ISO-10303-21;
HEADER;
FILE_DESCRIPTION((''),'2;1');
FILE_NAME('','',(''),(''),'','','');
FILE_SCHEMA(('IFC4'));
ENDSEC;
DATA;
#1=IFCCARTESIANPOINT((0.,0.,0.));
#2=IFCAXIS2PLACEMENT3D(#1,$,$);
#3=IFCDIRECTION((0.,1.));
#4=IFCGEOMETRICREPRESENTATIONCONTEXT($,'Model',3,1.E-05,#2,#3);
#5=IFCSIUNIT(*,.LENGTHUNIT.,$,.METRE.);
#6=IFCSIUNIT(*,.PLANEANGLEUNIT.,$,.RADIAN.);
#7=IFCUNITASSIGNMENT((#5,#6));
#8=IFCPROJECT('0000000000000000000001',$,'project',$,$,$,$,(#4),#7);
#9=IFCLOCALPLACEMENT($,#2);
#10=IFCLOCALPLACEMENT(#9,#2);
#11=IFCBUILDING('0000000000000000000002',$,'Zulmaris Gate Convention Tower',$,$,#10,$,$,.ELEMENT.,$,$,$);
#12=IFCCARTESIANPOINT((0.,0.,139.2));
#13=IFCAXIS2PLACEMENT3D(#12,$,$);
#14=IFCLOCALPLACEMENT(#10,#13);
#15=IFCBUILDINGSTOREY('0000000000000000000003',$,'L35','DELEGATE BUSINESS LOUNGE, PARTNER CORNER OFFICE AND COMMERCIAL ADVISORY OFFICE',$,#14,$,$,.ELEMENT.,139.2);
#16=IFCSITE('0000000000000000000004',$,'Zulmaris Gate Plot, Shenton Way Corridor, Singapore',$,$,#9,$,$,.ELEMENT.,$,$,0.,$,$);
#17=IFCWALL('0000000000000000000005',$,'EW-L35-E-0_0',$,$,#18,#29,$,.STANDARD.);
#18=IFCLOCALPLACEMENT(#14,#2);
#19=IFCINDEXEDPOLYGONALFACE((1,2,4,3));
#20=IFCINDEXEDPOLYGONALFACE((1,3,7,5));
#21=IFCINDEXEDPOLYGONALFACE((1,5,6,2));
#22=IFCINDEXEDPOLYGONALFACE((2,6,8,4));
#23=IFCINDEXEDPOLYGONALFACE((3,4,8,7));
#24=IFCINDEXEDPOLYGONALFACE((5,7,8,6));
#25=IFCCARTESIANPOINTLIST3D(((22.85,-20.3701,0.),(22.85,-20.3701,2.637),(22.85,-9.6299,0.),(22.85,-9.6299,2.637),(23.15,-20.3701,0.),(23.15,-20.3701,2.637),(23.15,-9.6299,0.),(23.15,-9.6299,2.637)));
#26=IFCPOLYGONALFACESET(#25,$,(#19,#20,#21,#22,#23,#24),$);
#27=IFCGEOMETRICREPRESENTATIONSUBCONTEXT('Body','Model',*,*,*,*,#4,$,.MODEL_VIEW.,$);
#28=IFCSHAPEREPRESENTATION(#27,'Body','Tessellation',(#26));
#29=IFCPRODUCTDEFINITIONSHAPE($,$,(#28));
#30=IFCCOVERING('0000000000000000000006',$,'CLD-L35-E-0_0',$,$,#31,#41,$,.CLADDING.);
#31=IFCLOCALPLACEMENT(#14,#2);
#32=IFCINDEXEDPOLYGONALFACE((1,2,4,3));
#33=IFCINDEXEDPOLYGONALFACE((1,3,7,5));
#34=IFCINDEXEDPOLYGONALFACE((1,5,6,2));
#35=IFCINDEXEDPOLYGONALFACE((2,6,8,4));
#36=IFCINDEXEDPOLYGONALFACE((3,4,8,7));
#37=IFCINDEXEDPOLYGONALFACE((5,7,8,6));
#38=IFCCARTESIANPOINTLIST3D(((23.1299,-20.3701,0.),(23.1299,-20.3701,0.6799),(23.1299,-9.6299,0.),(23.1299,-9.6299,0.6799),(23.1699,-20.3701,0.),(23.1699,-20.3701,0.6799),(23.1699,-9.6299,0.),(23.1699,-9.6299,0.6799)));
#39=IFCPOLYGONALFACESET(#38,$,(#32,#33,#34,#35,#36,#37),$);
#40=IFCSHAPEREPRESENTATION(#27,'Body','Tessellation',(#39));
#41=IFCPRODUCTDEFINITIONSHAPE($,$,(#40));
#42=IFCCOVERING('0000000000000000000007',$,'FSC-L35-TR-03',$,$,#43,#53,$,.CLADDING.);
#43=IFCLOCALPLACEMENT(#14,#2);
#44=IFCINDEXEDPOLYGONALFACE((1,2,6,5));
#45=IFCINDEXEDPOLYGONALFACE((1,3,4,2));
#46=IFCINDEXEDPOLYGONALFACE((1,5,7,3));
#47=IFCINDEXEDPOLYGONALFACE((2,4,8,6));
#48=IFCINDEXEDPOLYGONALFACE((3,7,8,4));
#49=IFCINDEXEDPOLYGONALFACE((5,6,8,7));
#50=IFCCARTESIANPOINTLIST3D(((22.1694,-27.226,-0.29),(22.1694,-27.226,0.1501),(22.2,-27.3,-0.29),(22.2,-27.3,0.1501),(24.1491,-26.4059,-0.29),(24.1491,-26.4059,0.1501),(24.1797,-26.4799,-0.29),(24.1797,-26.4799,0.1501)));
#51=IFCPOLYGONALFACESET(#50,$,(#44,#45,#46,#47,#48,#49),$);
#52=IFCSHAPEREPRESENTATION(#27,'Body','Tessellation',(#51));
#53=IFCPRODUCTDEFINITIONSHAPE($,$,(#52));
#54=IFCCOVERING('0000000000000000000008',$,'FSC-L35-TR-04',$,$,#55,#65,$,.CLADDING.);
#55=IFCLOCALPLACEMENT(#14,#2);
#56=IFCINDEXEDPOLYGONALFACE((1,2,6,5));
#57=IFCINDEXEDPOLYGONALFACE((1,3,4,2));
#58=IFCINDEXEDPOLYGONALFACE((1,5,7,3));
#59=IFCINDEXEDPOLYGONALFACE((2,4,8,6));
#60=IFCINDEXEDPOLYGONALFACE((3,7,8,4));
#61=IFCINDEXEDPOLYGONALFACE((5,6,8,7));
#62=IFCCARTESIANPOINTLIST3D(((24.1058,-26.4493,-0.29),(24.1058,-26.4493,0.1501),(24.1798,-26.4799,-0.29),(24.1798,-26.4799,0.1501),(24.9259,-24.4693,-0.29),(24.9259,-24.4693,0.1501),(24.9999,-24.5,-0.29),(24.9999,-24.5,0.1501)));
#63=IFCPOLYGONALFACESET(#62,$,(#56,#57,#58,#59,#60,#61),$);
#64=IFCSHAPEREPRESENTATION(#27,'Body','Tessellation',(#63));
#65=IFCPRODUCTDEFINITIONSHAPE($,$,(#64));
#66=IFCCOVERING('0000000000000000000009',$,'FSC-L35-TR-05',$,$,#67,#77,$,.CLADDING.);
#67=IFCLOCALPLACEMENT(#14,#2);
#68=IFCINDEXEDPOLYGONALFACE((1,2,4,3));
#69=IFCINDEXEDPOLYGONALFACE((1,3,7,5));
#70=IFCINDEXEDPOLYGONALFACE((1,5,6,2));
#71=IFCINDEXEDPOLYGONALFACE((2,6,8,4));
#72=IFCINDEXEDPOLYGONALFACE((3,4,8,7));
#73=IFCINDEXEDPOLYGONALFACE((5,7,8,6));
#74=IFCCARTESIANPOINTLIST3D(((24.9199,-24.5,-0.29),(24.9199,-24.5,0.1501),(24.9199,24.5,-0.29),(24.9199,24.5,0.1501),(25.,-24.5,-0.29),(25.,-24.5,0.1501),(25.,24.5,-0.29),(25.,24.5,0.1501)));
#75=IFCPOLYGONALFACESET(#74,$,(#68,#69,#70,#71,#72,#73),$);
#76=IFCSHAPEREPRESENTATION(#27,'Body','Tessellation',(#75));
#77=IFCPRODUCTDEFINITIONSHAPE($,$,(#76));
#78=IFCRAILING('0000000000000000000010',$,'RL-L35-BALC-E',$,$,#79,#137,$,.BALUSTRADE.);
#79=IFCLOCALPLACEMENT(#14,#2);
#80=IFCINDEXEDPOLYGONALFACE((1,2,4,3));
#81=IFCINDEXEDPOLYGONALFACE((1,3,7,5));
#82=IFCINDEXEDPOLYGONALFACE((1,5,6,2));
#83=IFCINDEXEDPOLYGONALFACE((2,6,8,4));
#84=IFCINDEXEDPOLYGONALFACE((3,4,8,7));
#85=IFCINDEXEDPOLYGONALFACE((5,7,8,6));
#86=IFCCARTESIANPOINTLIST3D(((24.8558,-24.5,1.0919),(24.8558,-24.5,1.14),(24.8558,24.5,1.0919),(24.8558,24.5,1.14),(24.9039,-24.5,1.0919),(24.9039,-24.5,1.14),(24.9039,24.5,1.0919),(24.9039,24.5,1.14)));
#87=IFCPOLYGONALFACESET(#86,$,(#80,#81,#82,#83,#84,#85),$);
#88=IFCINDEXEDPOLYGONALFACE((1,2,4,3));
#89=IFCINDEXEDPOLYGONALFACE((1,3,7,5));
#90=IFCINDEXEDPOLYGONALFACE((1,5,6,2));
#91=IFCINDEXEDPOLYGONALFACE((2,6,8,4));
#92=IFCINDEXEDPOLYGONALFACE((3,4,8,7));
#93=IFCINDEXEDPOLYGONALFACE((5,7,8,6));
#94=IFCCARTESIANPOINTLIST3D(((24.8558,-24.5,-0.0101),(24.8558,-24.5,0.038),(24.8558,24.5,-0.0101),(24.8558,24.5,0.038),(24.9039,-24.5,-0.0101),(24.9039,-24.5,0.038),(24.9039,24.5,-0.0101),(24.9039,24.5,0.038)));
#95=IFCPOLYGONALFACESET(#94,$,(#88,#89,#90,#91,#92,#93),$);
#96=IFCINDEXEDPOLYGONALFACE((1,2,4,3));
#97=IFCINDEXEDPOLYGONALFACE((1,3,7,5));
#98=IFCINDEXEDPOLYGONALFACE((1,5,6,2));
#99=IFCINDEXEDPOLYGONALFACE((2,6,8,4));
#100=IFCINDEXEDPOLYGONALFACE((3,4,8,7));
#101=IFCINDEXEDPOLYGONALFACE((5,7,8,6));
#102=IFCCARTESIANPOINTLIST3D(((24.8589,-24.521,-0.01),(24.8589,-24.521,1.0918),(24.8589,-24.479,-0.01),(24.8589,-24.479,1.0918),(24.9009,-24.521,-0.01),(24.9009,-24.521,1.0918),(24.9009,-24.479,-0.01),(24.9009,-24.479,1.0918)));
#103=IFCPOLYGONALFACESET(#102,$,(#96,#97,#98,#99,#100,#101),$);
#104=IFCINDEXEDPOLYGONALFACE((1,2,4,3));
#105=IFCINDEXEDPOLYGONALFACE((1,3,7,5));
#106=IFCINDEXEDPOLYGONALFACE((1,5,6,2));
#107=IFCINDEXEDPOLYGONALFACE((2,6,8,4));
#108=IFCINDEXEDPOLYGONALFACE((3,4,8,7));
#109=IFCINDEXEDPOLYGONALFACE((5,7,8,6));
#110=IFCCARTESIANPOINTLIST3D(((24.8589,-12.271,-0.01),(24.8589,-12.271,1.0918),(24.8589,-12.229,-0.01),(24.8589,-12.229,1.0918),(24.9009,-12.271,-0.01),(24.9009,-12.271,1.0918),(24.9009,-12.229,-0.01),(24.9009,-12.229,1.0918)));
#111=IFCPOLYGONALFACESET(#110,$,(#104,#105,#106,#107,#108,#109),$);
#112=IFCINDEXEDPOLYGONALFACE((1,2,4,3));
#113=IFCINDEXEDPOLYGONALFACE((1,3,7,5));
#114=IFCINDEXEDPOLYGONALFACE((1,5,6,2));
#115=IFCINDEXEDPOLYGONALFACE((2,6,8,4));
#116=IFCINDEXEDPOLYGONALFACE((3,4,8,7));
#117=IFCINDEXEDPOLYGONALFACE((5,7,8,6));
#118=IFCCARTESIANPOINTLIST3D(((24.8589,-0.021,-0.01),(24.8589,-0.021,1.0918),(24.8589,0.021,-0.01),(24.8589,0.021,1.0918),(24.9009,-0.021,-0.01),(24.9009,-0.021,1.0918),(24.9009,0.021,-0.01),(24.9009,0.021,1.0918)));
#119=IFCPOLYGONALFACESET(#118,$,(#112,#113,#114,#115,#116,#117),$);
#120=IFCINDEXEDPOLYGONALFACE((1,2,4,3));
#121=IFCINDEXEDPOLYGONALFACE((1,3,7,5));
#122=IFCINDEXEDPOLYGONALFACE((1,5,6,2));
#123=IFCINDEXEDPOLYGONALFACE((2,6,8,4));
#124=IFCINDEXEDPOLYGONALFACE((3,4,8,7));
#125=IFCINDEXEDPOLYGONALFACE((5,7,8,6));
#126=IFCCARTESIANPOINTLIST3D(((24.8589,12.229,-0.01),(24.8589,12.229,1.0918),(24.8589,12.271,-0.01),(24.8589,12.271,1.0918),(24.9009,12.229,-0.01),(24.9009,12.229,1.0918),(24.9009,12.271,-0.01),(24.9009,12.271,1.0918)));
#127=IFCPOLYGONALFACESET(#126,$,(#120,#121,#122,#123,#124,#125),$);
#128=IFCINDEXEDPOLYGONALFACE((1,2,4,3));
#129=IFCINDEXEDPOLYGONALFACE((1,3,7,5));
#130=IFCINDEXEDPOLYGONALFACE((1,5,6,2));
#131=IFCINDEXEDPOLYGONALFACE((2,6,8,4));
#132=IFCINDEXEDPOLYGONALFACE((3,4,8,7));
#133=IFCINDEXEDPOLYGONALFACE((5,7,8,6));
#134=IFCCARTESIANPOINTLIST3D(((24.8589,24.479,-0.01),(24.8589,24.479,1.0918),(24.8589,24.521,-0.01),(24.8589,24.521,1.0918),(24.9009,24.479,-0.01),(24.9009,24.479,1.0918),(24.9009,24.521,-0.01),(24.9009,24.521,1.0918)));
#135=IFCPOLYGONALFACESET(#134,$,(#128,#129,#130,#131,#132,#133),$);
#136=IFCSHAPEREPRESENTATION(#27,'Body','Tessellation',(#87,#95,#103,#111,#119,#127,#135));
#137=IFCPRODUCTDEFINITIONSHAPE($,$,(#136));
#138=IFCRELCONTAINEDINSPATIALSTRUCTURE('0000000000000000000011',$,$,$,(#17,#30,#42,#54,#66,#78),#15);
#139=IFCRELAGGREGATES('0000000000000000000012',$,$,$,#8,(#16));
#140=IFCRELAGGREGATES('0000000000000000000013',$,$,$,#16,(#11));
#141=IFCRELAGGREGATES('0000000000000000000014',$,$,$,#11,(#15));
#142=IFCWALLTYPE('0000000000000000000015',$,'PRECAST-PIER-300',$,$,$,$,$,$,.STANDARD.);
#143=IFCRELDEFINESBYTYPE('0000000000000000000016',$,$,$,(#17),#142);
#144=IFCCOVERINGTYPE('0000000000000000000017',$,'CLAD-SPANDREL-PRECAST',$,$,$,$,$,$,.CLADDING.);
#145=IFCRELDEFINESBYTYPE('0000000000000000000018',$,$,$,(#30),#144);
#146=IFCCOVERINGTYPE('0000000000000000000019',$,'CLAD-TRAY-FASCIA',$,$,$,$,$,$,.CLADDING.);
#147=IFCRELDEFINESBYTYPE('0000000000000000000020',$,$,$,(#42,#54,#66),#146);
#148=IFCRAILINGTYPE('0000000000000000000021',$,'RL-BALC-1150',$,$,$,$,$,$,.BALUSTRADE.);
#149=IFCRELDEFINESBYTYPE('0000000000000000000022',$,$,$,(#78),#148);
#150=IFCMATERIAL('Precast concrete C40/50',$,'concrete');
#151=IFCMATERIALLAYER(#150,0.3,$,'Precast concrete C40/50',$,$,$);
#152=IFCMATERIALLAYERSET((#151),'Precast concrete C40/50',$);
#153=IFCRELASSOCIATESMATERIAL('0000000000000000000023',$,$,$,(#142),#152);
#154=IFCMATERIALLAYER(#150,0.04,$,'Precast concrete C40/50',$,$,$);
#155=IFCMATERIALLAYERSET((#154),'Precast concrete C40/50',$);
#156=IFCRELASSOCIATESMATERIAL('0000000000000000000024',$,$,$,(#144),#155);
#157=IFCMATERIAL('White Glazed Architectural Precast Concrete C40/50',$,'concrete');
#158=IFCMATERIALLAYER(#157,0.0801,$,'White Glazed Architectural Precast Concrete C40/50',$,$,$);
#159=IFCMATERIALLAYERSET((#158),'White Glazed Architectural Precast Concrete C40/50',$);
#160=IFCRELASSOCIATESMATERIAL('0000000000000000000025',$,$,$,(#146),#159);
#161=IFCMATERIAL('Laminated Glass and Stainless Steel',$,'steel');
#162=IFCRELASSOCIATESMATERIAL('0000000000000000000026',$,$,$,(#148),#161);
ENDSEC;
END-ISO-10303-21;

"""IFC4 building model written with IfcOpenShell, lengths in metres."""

from ifc_helpers import new_model, si_unit, direction, frame, frame_2d, origin, origin_2d, place, context, subcontext, project, spatial, rectangle, extrude, material, layer, layer_set, type_object, element, save


model = new_model("IFC4")

# Units and contexts
model_context = context("Model", 3, precision=1e-05, world=origin(), true_north=direction((0.0, 1.0)))
body_context = subcontext(model_context, "Body", "Model", "MODEL_VIEW")
ifc_project = project(units=[si_unit("LENGTHUNIT", "METRE"), si_unit("PLANEANGLEUNIT", "RADIAN")], contexts=[model_context])

# Site, building, storey
site_placement = place(None, origin())
site = spatial("IfcSite", under=ifc_project, at=site_placement, Name="Zulmaris Gate Plot, Shenton Way Corridor, Singapore", CompositionType="ELEMENT", RefElevation=0.0)
building_placement = place(site_placement, origin())
building = spatial("IfcBuilding", under=site, at=building_placement, Name="Zulmaris Gate Convention Tower", CompositionType="ELEMENT")
storey_placement = place(building_placement, frame((0.0, 0.0, 139.2)))
storey = spatial("IfcBuildingStorey", under=building, at=storey_placement, Name="L35", Description="DELEGATE BUSINESS LOUNGE, PARTNER CORNER OFFICE AND COMMERCIAL ADVISORY OFFICE", CompositionType="ELEMENT", Elevation=139.2)

# Shared definitions
ifc_material_1 = material(Name="Precast concrete C40/50", Category="concrete")
ifc_layer_1 = layer(ifc_material_1, 0.3, Name="Precast concrete C40/50")
ifc_layer_set_1 = layer_set([ifc_layer_1], Name="Precast concrete C40/50")
wall_type_1 = type_object("IfcWallType", Name="PRECAST-PIER-300", PredefinedType="STANDARD", material=ifc_layer_set_1)

# Wall
wall_1_placement = place(storey_placement, frame((23.0, -20.3701, 0.0), z_axis=(0.0, 0.0, 1.0), x_axis=(0.0, 1.0, 0.0)))
element("IfcWall", 1, at=wall_1_placement, inside=storey, type_object=wall_type_1, Name="EW-L35-E-0_0", PredefinedType="STANDARD", context=body_context, shape_type="SweptSolid", body=[
    extrude(rectangle(XDim=10.7402, YDim=0.3, at=frame_2d((5.3701, 0.0))), origin(), (0.0, 0.0, 1.0), 2.637),
])

# Coverings
ifc_layer_2 = layer(ifc_material_1, 0.04, Name="Precast concrete C40/50")
ifc_layer_set_2 = layer_set([ifc_layer_2], Name="Precast concrete C40/50")
covering_type_1 = type_object("IfcCoveringType", Name="CLAD-SPANDREL-PRECAST", PredefinedType="CLADDING", material=ifc_layer_set_2)
covering_1_placement = place(storey_placement, frame((23.1499, -20.3701, 0.0), z_axis=(0.0, 0.0, 1.0), x_axis=(0.0, 1.0, 0.0)))
element("IfcCovering", 2, at=covering_1_placement, inside=storey, type_object=covering_type_1, Name="CLD-L35-E-0_0", PredefinedType="CLADDING", context=body_context, shape_type="SweptSolid", body=[
    extrude(rectangle(XDim=10.7402, YDim=0.04, at=frame_2d((5.3701, 0.0))), origin(), (0.0, 0.0, 1.0), 0.6799),
])
ifc_material_2 = material(Name="White Glazed Architectural Precast Concrete C40/50", Category="concrete")
ifc_layer_3 = layer(ifc_material_2, 0.0801, Name="White Glazed Architectural Precast Concrete C40/50")
ifc_layer_set_3 = layer_set([ifc_layer_3], Name="White Glazed Architectural Precast Concrete C40/50")
covering_type_2 = type_object("IfcCoveringType", Name="CLAD-TRAY-FASCIA", PredefinedType="CLADDING", material=ifc_layer_set_3)
covering_2_placement = place(storey_placement, frame((22.1848, -27.2629, -0.29), z_axis=(0.0, 0.0, 1.0), x_axis=(0.923874, 0.382697, 0.0)))
element("IfcCovering", 3, at=covering_2_placement, inside=storey, type_object=covering_type_2, Name="FSC-L35-TR-03", PredefinedType="CLADDING", context=body_context, shape_type="SweptSolid", body=[
    extrude(rectangle(XDim=2.1428, YDim=0.0801, at=frame_2d((1.0713, 0.0))), origin(), (0.0, 0.0, 1.0), 0.4402),
])
covering_3_placement = place(storey_placement, frame((24.1428, -26.4646, -0.29), z_axis=(0.0, 0.0, 1.0), x_axis=(0.382657, 0.92389, 0.0)))
element("IfcCovering", 4, at=covering_3_placement, inside=storey, type_object=covering_type_2, Name="FSC-L35-TR-04", PredefinedType="CLADDING", context=body_context, shape_type="SweptSolid", body=[
    extrude(rectangle(XDim=2.1431, YDim=0.0801, at=frame_2d((1.0715, 0.0))), origin(), (0.0, 0.0, 1.0), 0.4402),
])
covering_4_placement = place(storey_placement, frame((24.96, -24.5, -0.29), z_axis=(0.0, 0.0, 1.0), x_axis=(0.0, 1.0, 0.0)))
element("IfcCovering", 5, at=covering_4_placement, inside=storey, type_object=covering_type_2, Name="FSC-L35-TR-05", PredefinedType="CLADDING", context=body_context, shape_type="SweptSolid", body=[
    extrude(rectangle(XDim=49.0, YDim=0.0801, at=frame_2d((24.5, 0.0))), origin(), (0.0, 0.0, 1.0), 0.4402),
])

# Railing
ifc_material_3 = material(Name="Laminated Glass and Stainless Steel", Category="steel")
railing_type = type_object("IfcRailingType", Name="RL-BALC-1150", PredefinedType="BALUSTRADE", material=ifc_material_3)
railing_placement = place(storey_placement, frame((24.8799, -24.5, -0.01)))
element("IfcRailing", 6, at=railing_placement, inside=storey, type_object=railing_type, Name="RL-L35-BALC-E", PredefinedType="BALUSTRADE", context=body_context, shape_type="SweptSolid", body=[
    extrude(rectangle(XDim=0.0481, YDim=0.0481, at=origin_2d()), frame((0.0, 0.0, 1.126), z_axis=(0.0, 1.0, 0.0), x_axis=(-1.0, 0.0, 0.0)), (0.0, 0.0, 1.0), 49.0),
    extrude(rectangle(XDim=0.0481, YDim=0.0481, at=origin_2d()), frame((0.0, 0.0, 0.0239), z_axis=(0.0, 1.0, 0.0), x_axis=(-1.0, 0.0, 0.0)), (0.0, 0.0, 1.0), 49.0),
    extrude(rectangle(XDim=0.042, YDim=0.042, at=origin_2d()), origin(), (0.0, 0.0, 1.0), 1.1018),
    extrude(rectangle(XDim=0.042, YDim=0.042, at=origin_2d()), frame((0.0, 12.25, 0.0)), (0.0, 0.0, 1.0), 1.1018),
    extrude(rectangle(XDim=0.042, YDim=0.042, at=origin_2d()), frame((0.0, 24.5, 0.0)), (0.0, 0.0, 1.0), 1.1018),
    extrude(rectangle(XDim=0.042, YDim=0.042, at=origin_2d()), frame((0.0, 36.75, 0.0)), (0.0, 0.0, 1.0), 1.1018),
    extrude(rectangle(XDim=0.042, YDim=0.042, at=origin_2d()), frame((0.0, 49.0, 0.0)), (0.0, 0.0, 1.0), 1.1018),
])

save(model, "model.ifc")
